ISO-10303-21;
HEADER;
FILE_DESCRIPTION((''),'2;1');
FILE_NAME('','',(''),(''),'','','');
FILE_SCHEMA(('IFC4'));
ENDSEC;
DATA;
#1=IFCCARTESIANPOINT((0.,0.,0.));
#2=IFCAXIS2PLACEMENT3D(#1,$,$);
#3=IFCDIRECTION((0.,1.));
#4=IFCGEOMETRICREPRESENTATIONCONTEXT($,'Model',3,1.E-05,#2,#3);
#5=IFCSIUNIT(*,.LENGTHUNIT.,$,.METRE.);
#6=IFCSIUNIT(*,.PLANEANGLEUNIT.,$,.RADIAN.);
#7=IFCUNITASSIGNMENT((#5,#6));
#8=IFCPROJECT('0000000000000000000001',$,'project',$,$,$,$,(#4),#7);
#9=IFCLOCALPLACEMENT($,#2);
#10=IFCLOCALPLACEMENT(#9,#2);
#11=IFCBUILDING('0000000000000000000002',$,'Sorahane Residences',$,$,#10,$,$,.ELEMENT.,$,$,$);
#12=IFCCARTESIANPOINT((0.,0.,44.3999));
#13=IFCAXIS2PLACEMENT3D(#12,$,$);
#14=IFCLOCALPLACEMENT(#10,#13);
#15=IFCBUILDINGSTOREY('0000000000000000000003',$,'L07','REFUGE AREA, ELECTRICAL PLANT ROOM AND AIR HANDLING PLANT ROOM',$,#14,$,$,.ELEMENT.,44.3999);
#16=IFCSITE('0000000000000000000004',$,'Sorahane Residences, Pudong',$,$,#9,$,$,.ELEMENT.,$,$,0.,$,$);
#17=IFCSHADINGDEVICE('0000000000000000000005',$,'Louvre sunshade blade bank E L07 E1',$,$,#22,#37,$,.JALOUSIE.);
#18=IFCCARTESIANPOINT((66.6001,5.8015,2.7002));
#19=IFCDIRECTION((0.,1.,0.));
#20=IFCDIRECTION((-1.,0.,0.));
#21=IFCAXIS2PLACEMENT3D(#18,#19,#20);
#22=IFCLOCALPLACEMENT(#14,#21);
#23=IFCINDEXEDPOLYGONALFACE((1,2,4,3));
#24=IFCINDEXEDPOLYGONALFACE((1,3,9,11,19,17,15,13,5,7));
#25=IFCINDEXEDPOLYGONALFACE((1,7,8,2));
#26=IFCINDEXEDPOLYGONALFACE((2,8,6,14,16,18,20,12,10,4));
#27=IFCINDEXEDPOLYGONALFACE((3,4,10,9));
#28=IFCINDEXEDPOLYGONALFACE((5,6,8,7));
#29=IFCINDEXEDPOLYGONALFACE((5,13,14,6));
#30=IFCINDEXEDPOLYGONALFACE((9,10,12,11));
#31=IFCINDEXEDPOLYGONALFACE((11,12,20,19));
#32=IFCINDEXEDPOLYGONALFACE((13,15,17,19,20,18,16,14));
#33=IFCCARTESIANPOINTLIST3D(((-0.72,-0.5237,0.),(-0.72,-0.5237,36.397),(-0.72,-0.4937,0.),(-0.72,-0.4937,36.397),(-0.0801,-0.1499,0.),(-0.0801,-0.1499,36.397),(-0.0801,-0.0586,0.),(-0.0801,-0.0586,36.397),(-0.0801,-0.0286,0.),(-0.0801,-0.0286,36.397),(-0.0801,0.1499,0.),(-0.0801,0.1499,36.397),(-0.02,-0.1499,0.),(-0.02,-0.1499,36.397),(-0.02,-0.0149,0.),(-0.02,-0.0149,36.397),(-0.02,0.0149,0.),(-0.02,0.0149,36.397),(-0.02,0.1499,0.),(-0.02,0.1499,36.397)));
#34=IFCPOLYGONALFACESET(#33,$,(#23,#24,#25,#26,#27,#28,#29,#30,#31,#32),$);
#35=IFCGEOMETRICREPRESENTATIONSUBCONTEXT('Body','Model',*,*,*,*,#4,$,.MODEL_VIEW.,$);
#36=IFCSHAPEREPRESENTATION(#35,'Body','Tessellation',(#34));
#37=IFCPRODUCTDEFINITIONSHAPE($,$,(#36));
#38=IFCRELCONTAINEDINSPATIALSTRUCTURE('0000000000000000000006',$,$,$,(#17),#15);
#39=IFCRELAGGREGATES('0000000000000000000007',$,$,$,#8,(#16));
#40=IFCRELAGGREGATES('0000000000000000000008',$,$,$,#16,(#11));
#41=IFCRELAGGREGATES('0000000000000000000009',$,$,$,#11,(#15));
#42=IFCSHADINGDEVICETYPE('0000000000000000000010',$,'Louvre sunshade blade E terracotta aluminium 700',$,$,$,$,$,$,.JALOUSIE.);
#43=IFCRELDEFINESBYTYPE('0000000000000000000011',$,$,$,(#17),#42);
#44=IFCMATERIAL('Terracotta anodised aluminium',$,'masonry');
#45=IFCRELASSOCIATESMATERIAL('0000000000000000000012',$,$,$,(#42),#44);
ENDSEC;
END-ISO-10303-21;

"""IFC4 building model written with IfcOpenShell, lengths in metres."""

from ifc_helpers import new_model, si_unit, direction, frame, origin, place, context, subcontext, project, spatial, polyline, outline, extrude, material, type_object, element, save


model = new_model("IFC4")

# Units and contexts
model_context = context("Model", 3, precision=1e-05, world=origin(), true_north=direction((0.0, 1.0)))
body_context = subcontext(model_context, "Body", "Model", "MODEL_VIEW")
ifc_project = project(units=[si_unit("LENGTHUNIT", "METRE"), si_unit("PLANEANGLEUNIT", "RADIAN")], contexts=[model_context])

# Site, building, storey
site_placement = place(None, origin())
site = spatial("IfcSite", under=ifc_project, at=site_placement, Name="Sorahane Residences, Pudong", CompositionType="ELEMENT", RefElevation=0.0)
building_placement = place(site_placement, origin())
building = spatial("IfcBuilding", under=site, at=building_placement, Name="Sorahane Residences", CompositionType="ELEMENT")
storey_placement = place(building_placement, frame((0.0, 0.0, 44.3999)))
storey = spatial("IfcBuildingStorey", under=building, at=storey_placement, Name="L07", Description="REFUGE AREA, ELECTRICAL PLANT ROOM AND AIR HANDLING PLANT ROOM", CompositionType="ELEMENT", Elevation=44.3999)

# Shading device
ifc_material_1 = material(Name="Terracotta anodised aluminium", Category="masonry")
shading_device_type = type_object("IfcShadingDeviceType", Name="Louvre sunshade blade E terracotta aluminium 700", PredefinedType="JALOUSIE", material=ifc_material_1)
shading_device_placement = place(storey_placement, frame((66.6001, 5.8015, 2.7002), z_axis=(0.0, 1.0, 0.0), x_axis=(-1.0, 0.0, 0.0)))
element("IfcShadingDevice", 1, at=shading_device_placement, inside=storey, type_object=shading_device_type, Name="Louvre sunshade blade bank E L07 E1", PredefinedType="JALOUSIE", context=body_context, shape_type="SweptSolid", body=[
    extrude(outline(polyline([(-0.72, -0.4937), (-0.72, -0.5237), (-0.0801, -0.0586), (-0.0801, -0.1499), (-0.02, -0.1499), (-0.02, -0.0149), (-0.02, 0.0149), (-0.02, 0.1499), (-0.0801, 0.1499), (-0.0801, -0.0286), (-0.72, -0.4937)])), origin(), (0.0, 0.0, 1.0), 36.397),
])

save(model, "model.ifc")
